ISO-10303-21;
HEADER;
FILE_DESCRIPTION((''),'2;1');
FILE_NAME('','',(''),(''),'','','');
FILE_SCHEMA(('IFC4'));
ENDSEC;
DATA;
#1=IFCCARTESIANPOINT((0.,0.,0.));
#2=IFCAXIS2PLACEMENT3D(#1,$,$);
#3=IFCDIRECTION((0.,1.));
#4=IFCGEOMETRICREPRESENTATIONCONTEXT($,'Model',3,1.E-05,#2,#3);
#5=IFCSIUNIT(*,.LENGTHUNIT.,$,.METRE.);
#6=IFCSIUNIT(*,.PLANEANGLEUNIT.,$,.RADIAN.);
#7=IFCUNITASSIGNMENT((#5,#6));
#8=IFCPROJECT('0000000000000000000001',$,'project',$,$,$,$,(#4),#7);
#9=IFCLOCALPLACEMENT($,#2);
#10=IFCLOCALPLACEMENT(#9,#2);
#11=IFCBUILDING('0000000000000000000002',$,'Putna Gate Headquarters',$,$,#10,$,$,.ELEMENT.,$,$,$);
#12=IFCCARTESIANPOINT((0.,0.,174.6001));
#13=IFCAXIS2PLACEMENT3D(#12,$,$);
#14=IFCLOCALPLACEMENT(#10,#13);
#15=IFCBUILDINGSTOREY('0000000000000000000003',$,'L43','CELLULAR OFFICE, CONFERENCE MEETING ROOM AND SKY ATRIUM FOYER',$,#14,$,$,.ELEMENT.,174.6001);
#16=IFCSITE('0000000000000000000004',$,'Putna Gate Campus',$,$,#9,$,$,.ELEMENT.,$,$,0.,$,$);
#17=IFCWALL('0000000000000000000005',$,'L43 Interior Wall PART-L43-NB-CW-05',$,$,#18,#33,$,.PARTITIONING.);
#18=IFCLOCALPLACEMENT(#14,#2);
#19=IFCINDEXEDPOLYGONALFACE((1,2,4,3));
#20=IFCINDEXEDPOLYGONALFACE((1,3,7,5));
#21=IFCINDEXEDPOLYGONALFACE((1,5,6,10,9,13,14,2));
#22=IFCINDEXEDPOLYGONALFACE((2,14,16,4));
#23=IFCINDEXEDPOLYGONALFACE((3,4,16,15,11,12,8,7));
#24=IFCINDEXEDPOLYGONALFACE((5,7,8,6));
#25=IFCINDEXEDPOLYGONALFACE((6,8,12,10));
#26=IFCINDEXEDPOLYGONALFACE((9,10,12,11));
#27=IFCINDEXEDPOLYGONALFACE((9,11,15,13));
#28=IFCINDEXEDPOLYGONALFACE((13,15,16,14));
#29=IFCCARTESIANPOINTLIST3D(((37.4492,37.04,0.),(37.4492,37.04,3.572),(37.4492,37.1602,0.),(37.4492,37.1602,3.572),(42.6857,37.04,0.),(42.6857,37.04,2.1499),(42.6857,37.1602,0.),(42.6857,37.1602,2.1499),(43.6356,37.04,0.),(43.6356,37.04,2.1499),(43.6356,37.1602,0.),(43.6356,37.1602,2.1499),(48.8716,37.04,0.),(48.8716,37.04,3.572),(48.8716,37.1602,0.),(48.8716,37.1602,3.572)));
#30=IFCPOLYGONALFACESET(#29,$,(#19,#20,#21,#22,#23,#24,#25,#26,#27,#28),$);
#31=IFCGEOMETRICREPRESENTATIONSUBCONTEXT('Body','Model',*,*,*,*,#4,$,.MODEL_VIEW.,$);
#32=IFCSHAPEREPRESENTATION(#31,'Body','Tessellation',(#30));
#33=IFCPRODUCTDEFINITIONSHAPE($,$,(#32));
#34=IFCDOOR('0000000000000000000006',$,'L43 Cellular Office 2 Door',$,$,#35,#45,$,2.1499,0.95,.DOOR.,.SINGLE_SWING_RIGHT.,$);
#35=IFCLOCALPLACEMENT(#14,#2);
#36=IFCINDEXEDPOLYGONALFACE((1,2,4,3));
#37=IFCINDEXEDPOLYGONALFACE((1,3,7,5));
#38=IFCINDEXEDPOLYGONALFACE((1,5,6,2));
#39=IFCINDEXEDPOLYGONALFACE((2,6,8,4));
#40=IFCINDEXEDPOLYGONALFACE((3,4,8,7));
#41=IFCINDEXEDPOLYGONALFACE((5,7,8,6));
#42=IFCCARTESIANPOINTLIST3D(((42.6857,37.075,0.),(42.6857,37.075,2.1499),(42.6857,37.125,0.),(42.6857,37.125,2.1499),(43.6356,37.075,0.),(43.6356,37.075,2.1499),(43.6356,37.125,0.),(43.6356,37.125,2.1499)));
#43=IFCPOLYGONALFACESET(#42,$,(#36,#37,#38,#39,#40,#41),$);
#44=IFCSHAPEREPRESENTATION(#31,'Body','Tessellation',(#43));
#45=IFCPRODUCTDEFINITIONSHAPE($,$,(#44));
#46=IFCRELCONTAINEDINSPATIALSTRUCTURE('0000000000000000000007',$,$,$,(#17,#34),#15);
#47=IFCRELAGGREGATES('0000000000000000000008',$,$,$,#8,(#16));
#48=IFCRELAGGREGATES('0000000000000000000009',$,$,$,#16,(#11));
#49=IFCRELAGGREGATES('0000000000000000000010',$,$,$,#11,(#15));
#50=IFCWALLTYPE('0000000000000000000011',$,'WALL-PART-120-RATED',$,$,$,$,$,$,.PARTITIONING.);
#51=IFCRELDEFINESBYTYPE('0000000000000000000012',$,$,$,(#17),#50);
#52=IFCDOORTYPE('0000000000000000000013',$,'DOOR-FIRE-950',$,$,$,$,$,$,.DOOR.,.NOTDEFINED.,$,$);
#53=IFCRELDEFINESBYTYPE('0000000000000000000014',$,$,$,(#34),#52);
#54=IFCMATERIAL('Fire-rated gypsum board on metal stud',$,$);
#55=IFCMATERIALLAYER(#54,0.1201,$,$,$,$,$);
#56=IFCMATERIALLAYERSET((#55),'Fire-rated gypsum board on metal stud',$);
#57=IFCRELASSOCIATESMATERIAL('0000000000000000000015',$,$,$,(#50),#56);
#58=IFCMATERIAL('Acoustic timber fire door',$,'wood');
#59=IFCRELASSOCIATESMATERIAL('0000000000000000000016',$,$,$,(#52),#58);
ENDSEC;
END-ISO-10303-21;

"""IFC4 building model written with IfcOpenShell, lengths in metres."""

from ifc_helpers import new_model, si_unit, direction, frame, frame_2d, origin, place, context, subcontext, project, spatial, rectangle, extrude, material, layer, layer_set, type_object, element, fill, save


model = new_model("IFC4")

# Units and contexts
model_context = context("Model", 3, precision=1e-05, world=origin(), true_north=direction((0.0, 1.0)))
body_context = subcontext(model_context, "Body", "Model", "MODEL_VIEW")
ifc_project = project(units=[si_unit("LENGTHUNIT", "METRE"), si_unit("PLANEANGLEUNIT", "RADIAN")], contexts=[model_context])

# Site, building, storey
site_placement = place(None, origin())
site = spatial("IfcSite", under=ifc_project, at=site_placement, Name="Putna Gate Campus", CompositionType="ELEMENT", RefElevation=0.0)
building_placement = place(site_placement, origin())
building = spatial("IfcBuilding", under=site, at=building_placement, Name="Putna Gate Headquarters", CompositionType="ELEMENT")
storey_placement = place(building_placement, frame((0.0, 0.0, 174.6001)))
storey = spatial("IfcBuildingStorey", under=building, at=storey_placement, Name="L43", Description="CELLULAR OFFICE, CONFERENCE MEETING ROOM AND SKY ATRIUM FOYER", CompositionType="ELEMENT", Elevation=174.6001)

# Wall, opening, door
ifc_material_1 = material(Name="Fire-rated gypsum board on metal stud")
ifc_layer_1 = layer(ifc_material_1, 0.1201)
ifc_layer_set_1 = layer_set([ifc_layer_1], Name="Fire-rated gypsum board on metal stud")
wall_type_1 = type_object("IfcWallType", Name="WALL-PART-120-RATED", PredefinedType="PARTITIONING", material=ifc_layer_set_1)
wall_1_placement = place(storey_placement, frame((37.4492, 37.1001, 0.0), z_axis=(0.0, 0.0, 1.0), x_axis=(1.0, 0.0, 0.0)))
wall_1 = element("IfcWall", 1, at=wall_1_placement, inside=storey, type_object=wall_type_1, Name="L43 Interior Wall PART-L43-NB-CW-05", PredefinedType="PARTITIONING", context=body_context, shape_type="SweptSolid", body=[
    extrude(rectangle(XDim=11.4224, YDim=0.1201, at=frame_2d((5.7112, 0.0))), origin(), (0.0, 0.0, 1.0), 3.572),
])
opening_1_placement = place(wall_1_placement, frame((5.2363, 0.0, 0.0)))
opening_1 = element("IfcOpeningElement", 2, at=opening_1_placement, cuts=wall_1, PredefinedType="OPENING", context=body_context, shape_type="SweptSolid", body=[
    extrude(rectangle(XDim=0.95, YDim=2.1499, at=frame_2d((0.4751, 1.075))), frame((0.0, 0.0701, 0.0), z_axis=(0.0, -1.0, 0.0), x_axis=(1.0, 0.0, 0.0)), (0.0, 0.0, 1.0), 0.1401),
])
ifc_material_2 = material(Name="Acoustic timber fire door", Category="wood")
door_type_1 = type_object("IfcDoorType", Name="DOOR-FIRE-950", OperationType="NOTDEFINED", PredefinedType="DOOR", material=ifc_material_2)
door_1_placement = place(opening_1_placement, origin())
door_1 = element("IfcDoor", 3, at=door_1_placement, inside=storey, type_object=door_type_1, Name="L43 Cellular Office 2 Door", OperationType="SINGLE_SWING_RIGHT", OverallHeight=2.1499, OverallWidth=0.95, PredefinedType="DOOR", context=body_context, shape_type="SweptSolid", body=[
    extrude(rectangle(XDim=0.95, YDim=2.1499, at=frame_2d((0.4751, 1.075))), frame((0.0, 0.0249, 0.0), z_axis=(0.0, -1.0, 0.0), x_axis=(1.0, 0.0, 0.0)), (0.0, 0.0, 1.0), 0.05),
])
fill(opening_1, door_1)

save(model, "model.ifc")
